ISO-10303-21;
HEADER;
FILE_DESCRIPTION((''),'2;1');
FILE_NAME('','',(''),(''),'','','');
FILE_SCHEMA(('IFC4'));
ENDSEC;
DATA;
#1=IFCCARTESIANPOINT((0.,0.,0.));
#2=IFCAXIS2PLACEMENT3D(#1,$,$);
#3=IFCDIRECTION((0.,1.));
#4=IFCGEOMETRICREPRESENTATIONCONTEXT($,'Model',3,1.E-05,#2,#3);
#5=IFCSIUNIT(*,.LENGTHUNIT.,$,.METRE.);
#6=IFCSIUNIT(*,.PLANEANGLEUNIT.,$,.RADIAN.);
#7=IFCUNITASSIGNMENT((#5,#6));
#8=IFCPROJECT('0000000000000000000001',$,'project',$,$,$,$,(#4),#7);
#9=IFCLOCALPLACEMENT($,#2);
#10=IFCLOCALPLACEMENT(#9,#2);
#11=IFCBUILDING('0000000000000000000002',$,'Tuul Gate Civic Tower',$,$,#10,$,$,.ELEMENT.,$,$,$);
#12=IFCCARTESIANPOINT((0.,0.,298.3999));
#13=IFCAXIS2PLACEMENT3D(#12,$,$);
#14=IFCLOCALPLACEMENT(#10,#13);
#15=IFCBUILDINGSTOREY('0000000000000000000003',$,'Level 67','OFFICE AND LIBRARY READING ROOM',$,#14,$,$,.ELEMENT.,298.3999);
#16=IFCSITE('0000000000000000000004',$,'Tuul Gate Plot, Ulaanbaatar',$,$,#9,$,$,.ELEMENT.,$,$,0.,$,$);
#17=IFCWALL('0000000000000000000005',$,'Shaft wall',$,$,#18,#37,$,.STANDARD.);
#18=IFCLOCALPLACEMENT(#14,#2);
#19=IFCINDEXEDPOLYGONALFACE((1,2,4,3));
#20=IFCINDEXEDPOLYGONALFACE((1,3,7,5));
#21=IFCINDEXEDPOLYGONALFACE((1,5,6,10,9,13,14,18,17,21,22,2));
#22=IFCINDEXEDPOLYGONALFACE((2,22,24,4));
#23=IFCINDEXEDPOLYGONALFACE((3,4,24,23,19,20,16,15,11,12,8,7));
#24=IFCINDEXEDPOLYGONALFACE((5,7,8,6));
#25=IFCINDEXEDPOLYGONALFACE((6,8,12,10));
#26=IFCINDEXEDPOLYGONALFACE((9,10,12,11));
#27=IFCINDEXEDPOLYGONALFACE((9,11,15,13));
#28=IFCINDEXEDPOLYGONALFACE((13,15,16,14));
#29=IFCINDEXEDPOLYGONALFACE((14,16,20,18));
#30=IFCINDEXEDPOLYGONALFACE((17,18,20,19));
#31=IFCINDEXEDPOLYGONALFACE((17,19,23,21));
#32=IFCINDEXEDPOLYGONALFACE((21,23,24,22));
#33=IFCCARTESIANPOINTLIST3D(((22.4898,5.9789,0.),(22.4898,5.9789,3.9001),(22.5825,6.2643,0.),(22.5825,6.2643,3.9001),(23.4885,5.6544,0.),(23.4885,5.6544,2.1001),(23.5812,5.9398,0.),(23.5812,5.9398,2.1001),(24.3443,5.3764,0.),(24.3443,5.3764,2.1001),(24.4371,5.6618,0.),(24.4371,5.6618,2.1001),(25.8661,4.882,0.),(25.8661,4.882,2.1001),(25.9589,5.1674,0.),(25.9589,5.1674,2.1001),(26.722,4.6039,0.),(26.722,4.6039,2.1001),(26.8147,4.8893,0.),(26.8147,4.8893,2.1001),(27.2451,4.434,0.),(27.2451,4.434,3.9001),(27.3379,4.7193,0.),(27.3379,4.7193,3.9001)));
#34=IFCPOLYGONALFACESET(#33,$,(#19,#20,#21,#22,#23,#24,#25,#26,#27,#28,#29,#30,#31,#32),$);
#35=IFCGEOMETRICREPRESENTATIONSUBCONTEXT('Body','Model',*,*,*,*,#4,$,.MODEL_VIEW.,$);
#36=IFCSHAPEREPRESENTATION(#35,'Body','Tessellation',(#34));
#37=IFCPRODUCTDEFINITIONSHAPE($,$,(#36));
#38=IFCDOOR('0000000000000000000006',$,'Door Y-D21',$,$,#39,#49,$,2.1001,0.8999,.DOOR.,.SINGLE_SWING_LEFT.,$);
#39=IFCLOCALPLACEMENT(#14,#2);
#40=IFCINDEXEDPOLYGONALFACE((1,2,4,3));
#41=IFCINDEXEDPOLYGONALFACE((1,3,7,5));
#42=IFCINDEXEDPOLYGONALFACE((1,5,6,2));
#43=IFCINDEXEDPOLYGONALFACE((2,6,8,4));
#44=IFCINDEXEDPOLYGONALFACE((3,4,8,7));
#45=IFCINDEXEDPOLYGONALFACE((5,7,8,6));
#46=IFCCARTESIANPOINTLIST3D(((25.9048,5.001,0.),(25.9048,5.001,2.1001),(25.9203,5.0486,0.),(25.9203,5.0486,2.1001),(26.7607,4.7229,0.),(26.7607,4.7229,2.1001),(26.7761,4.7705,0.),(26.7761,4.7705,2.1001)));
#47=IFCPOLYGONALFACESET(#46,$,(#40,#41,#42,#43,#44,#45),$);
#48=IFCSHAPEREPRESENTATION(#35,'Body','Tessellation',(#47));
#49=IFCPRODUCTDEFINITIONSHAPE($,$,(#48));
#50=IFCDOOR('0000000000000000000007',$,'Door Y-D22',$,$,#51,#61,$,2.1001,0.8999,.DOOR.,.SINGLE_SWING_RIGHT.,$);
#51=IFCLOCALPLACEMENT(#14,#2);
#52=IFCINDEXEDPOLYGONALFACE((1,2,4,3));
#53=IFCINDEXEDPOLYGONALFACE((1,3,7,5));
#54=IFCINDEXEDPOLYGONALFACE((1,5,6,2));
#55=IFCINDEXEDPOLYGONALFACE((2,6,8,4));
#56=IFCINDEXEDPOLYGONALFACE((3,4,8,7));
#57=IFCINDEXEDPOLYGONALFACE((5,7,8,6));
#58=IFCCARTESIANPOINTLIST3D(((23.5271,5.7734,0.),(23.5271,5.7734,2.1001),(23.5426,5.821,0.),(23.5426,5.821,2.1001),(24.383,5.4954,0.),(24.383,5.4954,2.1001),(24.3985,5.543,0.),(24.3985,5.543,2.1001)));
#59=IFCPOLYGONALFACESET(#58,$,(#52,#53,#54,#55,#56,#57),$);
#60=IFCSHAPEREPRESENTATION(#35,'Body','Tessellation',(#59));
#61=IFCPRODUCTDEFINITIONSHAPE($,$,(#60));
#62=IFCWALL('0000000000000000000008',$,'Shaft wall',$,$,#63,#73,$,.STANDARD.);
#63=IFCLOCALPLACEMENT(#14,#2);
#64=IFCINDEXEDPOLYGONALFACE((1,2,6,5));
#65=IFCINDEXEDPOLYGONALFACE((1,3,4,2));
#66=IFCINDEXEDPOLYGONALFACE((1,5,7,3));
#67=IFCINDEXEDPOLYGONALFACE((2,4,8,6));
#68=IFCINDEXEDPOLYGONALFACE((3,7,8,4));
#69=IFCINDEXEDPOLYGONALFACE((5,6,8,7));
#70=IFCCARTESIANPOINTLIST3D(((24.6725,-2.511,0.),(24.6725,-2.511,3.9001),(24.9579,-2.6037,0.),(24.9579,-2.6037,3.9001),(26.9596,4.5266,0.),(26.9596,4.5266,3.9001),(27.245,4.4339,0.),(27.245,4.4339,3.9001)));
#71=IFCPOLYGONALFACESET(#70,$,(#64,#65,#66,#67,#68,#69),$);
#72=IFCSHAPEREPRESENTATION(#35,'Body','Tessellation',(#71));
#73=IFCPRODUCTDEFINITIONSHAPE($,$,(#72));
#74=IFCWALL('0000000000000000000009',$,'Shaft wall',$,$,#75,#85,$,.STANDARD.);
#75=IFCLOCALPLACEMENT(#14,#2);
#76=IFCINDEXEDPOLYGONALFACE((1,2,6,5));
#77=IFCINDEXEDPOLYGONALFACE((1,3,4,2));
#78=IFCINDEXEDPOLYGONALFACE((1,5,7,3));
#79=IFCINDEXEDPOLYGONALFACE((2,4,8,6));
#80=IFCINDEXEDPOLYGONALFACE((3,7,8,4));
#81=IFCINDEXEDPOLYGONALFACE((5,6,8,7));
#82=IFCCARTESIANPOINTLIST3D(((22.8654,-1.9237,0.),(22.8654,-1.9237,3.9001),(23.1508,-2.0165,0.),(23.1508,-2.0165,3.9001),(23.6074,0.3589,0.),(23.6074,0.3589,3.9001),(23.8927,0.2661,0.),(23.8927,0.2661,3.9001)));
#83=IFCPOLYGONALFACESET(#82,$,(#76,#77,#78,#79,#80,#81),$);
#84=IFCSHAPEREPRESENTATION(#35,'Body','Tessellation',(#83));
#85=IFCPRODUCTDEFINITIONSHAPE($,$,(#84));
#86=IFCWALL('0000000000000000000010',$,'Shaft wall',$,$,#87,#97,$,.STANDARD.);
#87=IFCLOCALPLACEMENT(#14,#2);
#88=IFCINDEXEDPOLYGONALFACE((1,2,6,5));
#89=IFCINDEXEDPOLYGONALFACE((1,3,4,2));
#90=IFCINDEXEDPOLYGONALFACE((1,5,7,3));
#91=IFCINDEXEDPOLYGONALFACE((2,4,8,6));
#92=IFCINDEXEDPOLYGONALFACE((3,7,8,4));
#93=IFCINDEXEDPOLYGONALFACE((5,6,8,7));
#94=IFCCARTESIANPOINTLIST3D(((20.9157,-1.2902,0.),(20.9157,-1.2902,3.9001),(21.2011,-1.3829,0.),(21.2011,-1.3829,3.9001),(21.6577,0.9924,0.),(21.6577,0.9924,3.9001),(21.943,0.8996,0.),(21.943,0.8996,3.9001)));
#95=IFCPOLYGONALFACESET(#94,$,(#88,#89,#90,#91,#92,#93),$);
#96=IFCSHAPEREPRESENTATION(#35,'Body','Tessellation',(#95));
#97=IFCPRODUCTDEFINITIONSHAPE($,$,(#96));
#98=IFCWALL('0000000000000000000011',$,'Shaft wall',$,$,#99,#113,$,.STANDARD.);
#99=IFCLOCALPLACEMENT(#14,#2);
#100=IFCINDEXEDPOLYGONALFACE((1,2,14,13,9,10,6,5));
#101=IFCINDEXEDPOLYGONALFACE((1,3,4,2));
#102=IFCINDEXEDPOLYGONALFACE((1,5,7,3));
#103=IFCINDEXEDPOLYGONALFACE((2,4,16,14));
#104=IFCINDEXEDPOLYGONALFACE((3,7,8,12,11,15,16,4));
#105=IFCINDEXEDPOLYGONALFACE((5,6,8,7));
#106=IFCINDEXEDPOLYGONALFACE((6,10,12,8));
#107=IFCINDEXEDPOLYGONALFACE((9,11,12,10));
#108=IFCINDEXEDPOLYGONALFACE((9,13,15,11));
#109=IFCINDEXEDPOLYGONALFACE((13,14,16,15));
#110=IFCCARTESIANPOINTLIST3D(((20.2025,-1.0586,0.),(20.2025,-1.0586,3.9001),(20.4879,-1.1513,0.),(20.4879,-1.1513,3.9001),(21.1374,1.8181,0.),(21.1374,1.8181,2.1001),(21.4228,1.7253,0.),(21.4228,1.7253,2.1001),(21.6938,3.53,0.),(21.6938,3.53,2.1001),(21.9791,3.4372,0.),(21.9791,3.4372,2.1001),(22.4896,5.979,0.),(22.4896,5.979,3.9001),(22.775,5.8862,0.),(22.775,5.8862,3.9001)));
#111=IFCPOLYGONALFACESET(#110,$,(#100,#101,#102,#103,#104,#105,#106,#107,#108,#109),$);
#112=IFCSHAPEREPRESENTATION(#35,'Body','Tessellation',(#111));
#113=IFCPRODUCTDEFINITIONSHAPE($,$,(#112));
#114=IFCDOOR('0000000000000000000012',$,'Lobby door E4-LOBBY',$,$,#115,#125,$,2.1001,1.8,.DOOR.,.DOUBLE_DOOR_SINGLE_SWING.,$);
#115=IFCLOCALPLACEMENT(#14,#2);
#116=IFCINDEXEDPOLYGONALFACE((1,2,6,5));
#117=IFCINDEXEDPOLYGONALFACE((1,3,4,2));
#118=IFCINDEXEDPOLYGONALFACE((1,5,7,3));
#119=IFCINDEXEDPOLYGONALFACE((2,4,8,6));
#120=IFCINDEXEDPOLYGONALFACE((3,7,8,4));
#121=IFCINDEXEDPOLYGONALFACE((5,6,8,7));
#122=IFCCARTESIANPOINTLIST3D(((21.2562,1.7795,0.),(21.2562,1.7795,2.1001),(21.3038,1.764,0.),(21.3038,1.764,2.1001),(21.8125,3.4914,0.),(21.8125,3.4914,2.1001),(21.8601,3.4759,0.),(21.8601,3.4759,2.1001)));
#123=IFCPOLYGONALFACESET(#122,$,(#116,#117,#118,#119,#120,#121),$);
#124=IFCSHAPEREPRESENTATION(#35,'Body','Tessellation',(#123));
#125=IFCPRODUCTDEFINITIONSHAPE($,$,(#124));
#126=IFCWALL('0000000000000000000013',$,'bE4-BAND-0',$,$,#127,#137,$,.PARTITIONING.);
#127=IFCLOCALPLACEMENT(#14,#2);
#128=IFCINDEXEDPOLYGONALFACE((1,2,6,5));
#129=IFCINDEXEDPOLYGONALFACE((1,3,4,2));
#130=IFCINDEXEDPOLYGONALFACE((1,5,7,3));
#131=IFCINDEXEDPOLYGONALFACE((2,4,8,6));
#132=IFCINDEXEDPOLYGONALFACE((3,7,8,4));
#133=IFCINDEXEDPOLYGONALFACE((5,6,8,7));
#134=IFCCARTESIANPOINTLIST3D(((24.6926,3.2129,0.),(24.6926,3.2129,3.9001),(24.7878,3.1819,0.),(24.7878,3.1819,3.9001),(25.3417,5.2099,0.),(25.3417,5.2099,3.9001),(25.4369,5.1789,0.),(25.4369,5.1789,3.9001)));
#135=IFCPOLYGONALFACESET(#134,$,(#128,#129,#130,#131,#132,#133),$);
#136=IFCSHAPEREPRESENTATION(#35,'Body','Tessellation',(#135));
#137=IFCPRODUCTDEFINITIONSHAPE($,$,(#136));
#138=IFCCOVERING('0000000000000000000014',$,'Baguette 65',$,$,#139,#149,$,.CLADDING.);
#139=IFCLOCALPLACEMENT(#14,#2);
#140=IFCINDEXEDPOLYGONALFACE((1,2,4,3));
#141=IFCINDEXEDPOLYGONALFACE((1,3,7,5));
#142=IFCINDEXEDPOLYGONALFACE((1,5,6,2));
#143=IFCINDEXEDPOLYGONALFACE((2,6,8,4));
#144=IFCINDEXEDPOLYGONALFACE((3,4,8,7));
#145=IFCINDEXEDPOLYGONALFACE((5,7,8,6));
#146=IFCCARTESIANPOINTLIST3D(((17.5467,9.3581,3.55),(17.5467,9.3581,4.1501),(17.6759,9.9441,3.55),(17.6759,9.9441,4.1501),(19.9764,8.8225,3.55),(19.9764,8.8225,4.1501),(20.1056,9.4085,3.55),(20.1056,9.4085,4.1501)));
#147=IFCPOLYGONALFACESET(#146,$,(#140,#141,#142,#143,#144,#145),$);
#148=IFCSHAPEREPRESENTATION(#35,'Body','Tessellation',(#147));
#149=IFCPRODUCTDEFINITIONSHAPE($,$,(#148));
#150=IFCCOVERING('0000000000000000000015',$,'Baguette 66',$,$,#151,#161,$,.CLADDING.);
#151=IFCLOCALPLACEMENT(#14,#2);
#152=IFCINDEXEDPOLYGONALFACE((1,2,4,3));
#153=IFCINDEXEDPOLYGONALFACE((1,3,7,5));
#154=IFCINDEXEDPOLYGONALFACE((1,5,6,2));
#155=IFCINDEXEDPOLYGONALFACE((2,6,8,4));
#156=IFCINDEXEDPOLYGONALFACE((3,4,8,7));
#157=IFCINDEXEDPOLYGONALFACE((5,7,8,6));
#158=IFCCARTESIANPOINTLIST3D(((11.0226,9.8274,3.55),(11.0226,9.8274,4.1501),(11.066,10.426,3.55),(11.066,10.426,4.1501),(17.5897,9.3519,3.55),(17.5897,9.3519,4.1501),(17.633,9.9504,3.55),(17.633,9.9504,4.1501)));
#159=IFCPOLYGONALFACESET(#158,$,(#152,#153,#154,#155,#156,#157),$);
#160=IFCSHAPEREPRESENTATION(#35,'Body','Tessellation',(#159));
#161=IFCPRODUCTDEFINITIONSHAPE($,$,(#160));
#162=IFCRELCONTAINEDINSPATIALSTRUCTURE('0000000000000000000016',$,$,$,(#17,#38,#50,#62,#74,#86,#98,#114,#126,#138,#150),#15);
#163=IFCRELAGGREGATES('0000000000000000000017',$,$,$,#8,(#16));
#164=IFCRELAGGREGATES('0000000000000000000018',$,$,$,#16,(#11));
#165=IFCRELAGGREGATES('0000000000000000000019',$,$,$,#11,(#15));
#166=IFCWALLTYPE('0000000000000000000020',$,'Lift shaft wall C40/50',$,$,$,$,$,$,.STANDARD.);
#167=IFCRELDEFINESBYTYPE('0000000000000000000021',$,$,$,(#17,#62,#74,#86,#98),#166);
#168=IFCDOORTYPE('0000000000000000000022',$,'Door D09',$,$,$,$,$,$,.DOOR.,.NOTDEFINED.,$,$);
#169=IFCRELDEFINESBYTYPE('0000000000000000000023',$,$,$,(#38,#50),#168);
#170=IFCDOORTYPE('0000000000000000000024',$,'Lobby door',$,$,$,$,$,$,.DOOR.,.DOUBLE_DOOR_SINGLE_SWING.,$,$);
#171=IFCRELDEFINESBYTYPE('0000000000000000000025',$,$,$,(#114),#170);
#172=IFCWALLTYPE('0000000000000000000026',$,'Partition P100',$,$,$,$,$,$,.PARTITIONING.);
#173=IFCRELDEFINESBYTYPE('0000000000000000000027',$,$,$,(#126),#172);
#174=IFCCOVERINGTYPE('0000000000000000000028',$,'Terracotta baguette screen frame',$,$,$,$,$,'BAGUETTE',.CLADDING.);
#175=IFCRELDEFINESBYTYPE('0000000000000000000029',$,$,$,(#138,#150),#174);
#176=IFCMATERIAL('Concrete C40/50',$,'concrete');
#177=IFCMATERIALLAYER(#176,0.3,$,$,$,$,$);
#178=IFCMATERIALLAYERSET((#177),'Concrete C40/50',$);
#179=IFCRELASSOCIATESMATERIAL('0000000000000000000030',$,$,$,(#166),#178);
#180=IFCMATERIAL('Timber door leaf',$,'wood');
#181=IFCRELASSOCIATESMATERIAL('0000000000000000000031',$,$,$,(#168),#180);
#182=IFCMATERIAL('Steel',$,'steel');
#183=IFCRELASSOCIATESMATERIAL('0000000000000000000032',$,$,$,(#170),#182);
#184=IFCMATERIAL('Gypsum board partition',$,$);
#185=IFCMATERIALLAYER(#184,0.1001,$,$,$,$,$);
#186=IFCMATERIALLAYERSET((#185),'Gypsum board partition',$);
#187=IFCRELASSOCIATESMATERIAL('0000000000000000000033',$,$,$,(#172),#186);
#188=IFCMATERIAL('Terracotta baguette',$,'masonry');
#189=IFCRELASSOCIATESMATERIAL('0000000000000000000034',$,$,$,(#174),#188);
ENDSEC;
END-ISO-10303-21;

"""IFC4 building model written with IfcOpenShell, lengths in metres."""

from ifc_helpers import new_model, si_unit, direction, frame, frame_2d, origin, origin_2d, place, context, subcontext, project, spatial, rectangle, extrude, material, layer, layer_set, material_profile, profile_set, type_object, element, fill, save


model = new_model("IFC4")

# Units and contexts
model_context = context("Model", 3, precision=1e-05, world=origin(), true_north=direction((0.0, 1.0)))
body_context = subcontext(model_context, "Body", "Model", "MODEL_VIEW")
ifc_project = project(units=[si_unit("LENGTHUNIT", "METRE"), si_unit("PLANEANGLEUNIT", "RADIAN")], contexts=[model_context])

# Site, building, storey
site_placement = place(None, origin())
site = spatial("IfcSite", under=ifc_project, at=site_placement, Name="Tuul Gate Plot, Ulaanbaatar", CompositionType="ELEMENT", RefElevation=0.0)
building_placement = place(site_placement, origin())
building = spatial("IfcBuilding", under=site, at=building_placement, Name="Tuul Gate Civic Tower", CompositionType="ELEMENT")
storey_placement = place(building_placement, frame((0.0, 0.0, 298.3999)))
storey = spatial("IfcBuildingStorey", under=building, at=storey_placement, Name="Level 67", Description="OFFICE AND LIBRARY READING ROOM", CompositionType="ELEMENT", Elevation=298.3999)

# Shared definitions
ifc_material_1 = material(Name="Concrete C40/50", Category="concrete")
ifc_layer_1 = layer(ifc_material_1, 0.3)
ifc_layer_set_1 = layer_set([ifc_layer_1], Name="Concrete C40/50")
wall_type_1 = type_object("IfcWallType", Name="Lift shaft wall C40/50", PredefinedType="STANDARD", material=ifc_layer_set_1)

# Wall, openings, doors
wall_1_placement = place(storey_placement, frame((27.2915, 4.5767, 0.0), z_axis=(0.0, 0.0, 1.0), x_axis=(-0.951068, 0.308982, 0.0)))
wall_1 = element("IfcWall", 1, at=wall_1_placement, inside=storey, type_object=wall_type_1, Name="Shaft wall", PredefinedType="STANDARD", context=body_context, shape_type="SweptSolid", body=[
    extrude(rectangle(XDim=5.0, YDim=0.3, at=frame_2d((2.5, 0.0))), origin(), (0.0, 0.0, 1.0), 3.9001),
])
opening_1_placement = place(wall_1_placement, frame((0.55, 0.0, 0.0)))
opening_1 = element("IfcOpeningElement", 2, at=opening_1_placement, cuts=wall_1, PredefinedType="OPENING", context=body_context, shape_type="SweptSolid", body=[
    extrude(rectangle(XDim=0.8999, YDim=2.1001, at=frame_2d((0.45, 1.05))), frame((0.0, 0.1602, 0.0), z_axis=(0.0, -1.0, 0.0), x_axis=(1.0, 0.0, 0.0)), (0.0, 0.0, 1.0), 0.3201),
])
opening_2_placement = place(wall_1_placement, frame((3.05, 0.0, 0.0)))
opening_2 = element("IfcOpeningElement", 3, at=opening_2_placement, cuts=wall_1, PredefinedType="OPENING", context=body_context, shape_type="SweptSolid", body=[
    extrude(rectangle(XDim=0.8999, YDim=2.1001, at=frame_2d((0.45, 1.05))), frame((0.0, 0.1602, 0.0), z_axis=(0.0, -1.0, 0.0), x_axis=(1.0, 0.0, 0.0)), (0.0, 0.0, 1.0), 0.3201),
])
ifc_material_2 = material(Name="Timber door leaf", Category="wood")
door_type_1 = type_object("IfcDoorType", Name="Door D09", OperationType="NOTDEFINED", PredefinedType="DOOR", material=ifc_material_2)
door_1_placement = place(opening_1_placement, origin())
door_1 = element("IfcDoor", 4, at=door_1_placement, inside=storey, type_object=door_type_1, Name="Door Y-D21", OperationType="SINGLE_SWING_LEFT", OverallHeight=2.1001, OverallWidth=0.8999, PredefinedType="DOOR", context=body_context, shape_type="SweptSolid", body=[
    extrude(rectangle(XDim=0.8999, YDim=2.1001, at=frame_2d((0.45, 1.05))), frame((0.0, 0.0249, 0.0), z_axis=(0.0, -1.0, 0.0), x_axis=(1.0, 0.0, 0.0)), (0.0, 0.0, 1.0), 0.05),
])
fill(opening_1, door_1)
door_2_placement = place(opening_2_placement, origin())
door_2 = element("IfcDoor", 5, at=door_2_placement, inside=storey, type_object=door_type_1, Name="Door Y-D22", OperationType="SINGLE_SWING_RIGHT", OverallHeight=2.1001, OverallWidth=0.8999, PredefinedType="DOOR", context=body_context, shape_type="SweptSolid", body=[
    extrude(rectangle(XDim=0.8999, YDim=2.1001, at=frame_2d((0.45, 1.05))), frame((0.0, 0.0249, 0.0), z_axis=(0.0, -1.0, 0.0), x_axis=(1.0, 0.0, 0.0)), (0.0, 0.0, 1.0), 0.05),
])
fill(opening_2, door_2)

# Walls
wall_2_placement = place(storey_placement, frame((24.8152, -2.5574, 0.0), z_axis=(0.0, 0.0, 1.0), x_axis=(0.309073, 0.951038, 0.0)))
element("IfcWall", 6, at=wall_2_placement, inside=storey, type_object=wall_type_1, Name="Shaft wall", PredefinedType="STANDARD", context=body_context, shape_type="SweptSolid", body=[
    extrude(rectangle(XDim=7.3999, YDim=0.3, at=frame_2d((3.7, 0.0))), origin(), (0.0, 0.0, 1.0), 3.9001),
])
for number, where, z_axis, x_axis, name in (
    (7, (23.0081, -1.9702, 0.0), (0.0, 0.0, 1.0), (0.309139, 0.951017, 0.0), "Shaft wall"),
    (8, (21.0583, -1.3367, 0.0), (0.0, 0.0, 1.0), (0.309139, 0.951017, 0.0), "Shaft wall"),
):
    element("IfcWall", number, at=place(storey_placement, frame(where, z_axis=z_axis, x_axis=x_axis)), inside=storey, type_object=wall_type_1, Name=name, PredefinedType="STANDARD", context=body_context, shape_type="SweptSolid", body=[
        extrude(rectangle(XDim=2.4001, YDim=0.3, at=frame_2d((1.2002, 0.0))), origin(), (0.0, 0.0, 1.0), 3.9001),
    ])

# Wall, opening, door
wall_3_placement = place(storey_placement, frame((20.3452, -1.105, 0.0), z_axis=(0.0, 0.0, 1.0), x_axis=(0.309073, 0.951038, 0.0)))
wall_3 = element("IfcWall", 9, at=wall_3_placement, inside=storey, type_object=wall_type_1, Name="Shaft wall", PredefinedType="STANDARD", context=body_context, shape_type="SweptSolid", body=[
    extrude(rectangle(XDim=7.3999, YDim=0.3, at=frame_2d((3.7, 0.0))), origin(), (0.0, 0.0, 1.0), 3.9001),
])
opening_3_placement = place(wall_3_placement, frame((3.0249, 0.0, 0.0)))
opening_3 = element("IfcOpeningElement", 10, at=opening_3_placement, cuts=wall_3, PredefinedType="OPENING", context=body_context, shape_type="SweptSolid", body=[
    extrude(rectangle(XDim=1.8, YDim=2.1001, at=frame_2d((0.8999, 1.05))), frame((0.0, 0.1602, 0.0), z_axis=(0.0, -1.0, 0.0), x_axis=(1.0, 0.0, 0.0)), (0.0, 0.0, 1.0), 0.3201),
])
ifc_material_3 = material(Name="Steel", Category="steel")
door_type_2 = type_object("IfcDoorType", Name="Lobby door", OperationType="DOUBLE_DOOR_SINGLE_SWING", PredefinedType="DOOR", material=ifc_material_3)
door_3_placement = place(opening_3_placement, frame((1.8, 0.0, 0.0), z_axis=(0.0, 0.0, 1.0), x_axis=(-1.0, 0.0, 0.0)))
door_3 = element("IfcDoor", 11, at=door_3_placement, inside=storey, type_object=door_type_2, Name="Lobby door E4-LOBBY", OperationType="DOUBLE_DOOR_SINGLE_SWING", OverallHeight=2.1001, OverallWidth=1.8, PredefinedType="DOOR", context=body_context, shape_type="SweptSolid", body=[
    extrude(rectangle(XDim=1.8, YDim=2.1001, at=frame_2d((0.9001, 1.05))), frame((0.0, 0.0249, 0.0), z_axis=(0.0, -1.0, 0.0), x_axis=(1.0, 0.0, 0.0)), (0.0, 0.0, 1.0), 0.05),
])
fill(opening_3, door_3)

# Wall
ifc_material_4 = material(Name="Gypsum board partition")
ifc_layer_2 = layer(ifc_material_4, 0.1001)
ifc_layer_set_2 = layer_set([ifc_layer_2], Name="Gypsum board partition")
wall_type_2 = type_object("IfcWallType", Name="Partition P100", PredefinedType="PARTITIONING", material=ifc_layer_set_2)
wall_4_placement = place(storey_placement, frame((24.7402, 3.1975, 0.0), z_axis=(0.0, 0.0, 1.0), x_axis=(0.309139, 0.951017, 0.0)))
element("IfcWall", 12, at=wall_4_placement, inside=storey, type_object=wall_type_2, Name="bE4-BAND-0", PredefinedType="PARTITIONING", context=body_context, shape_type="SweptSolid", body=[
    extrude(rectangle(XDim=2.0999, YDim=0.1001, at=frame_2d((1.0498, 0.0))), origin(), (0.0, 0.0, 1.0), 3.9001),
])

# Coverings
ifc_material_5 = material(Name="Terracotta baguette", Category="masonry")
ifc_material_profile_1 = material_profile(ifc_material_5, rectangle(XDim=0.6001, YDim=0.6001, at=origin_2d()), Name="Terracotta baguette screen frame")
ifc_profile_set_1 = profile_set([ifc_material_profile_1], Name="Terracotta baguette")
covering_type = type_object("IfcCoveringType", Name="Terracotta baguette screen frame", ElementType="BAGUETTE", PredefinedType="CLADDING", material=ifc_profile_set_1)
covering_1_placement = place(storey_placement, frame((20.041, 9.1155, 3.8501), z_axis=(-0.97655, 0.215289, 0.0), x_axis=(-0.215289, -0.97655, 0.0)))
element("IfcCovering", 13, at=covering_1_placement, inside=storey, type_object=covering_type, Name="Baguette 65", PredefinedType="CLADDING", context=body_context, shape_type="SweptSolid", body=[
    extrude(rectangle(XDim=0.6001, YDim=0.6001, at=origin_2d()), origin(), (0.0, 0.0, 1.0), 2.488),
])
covering_2_placement = place(storey_placement, frame((17.6113, 9.6511, 3.8501), z_axis=(-0.997388, 0.07223, 0.0), x_axis=(-0.07223, -0.997388, 0.0)))
element("IfcCovering", 14, at=covering_2_placement, inside=storey, type_object=covering_type, Name="Baguette 66", PredefinedType="CLADDING", context=body_context, shape_type="SweptSolid", body=[
    extrude(rectangle(XDim=0.6001, YDim=0.6001, at=origin_2d()), origin(), (0.0, 0.0, 1.0), 6.5842),
])

save(model, "model.ifc")
